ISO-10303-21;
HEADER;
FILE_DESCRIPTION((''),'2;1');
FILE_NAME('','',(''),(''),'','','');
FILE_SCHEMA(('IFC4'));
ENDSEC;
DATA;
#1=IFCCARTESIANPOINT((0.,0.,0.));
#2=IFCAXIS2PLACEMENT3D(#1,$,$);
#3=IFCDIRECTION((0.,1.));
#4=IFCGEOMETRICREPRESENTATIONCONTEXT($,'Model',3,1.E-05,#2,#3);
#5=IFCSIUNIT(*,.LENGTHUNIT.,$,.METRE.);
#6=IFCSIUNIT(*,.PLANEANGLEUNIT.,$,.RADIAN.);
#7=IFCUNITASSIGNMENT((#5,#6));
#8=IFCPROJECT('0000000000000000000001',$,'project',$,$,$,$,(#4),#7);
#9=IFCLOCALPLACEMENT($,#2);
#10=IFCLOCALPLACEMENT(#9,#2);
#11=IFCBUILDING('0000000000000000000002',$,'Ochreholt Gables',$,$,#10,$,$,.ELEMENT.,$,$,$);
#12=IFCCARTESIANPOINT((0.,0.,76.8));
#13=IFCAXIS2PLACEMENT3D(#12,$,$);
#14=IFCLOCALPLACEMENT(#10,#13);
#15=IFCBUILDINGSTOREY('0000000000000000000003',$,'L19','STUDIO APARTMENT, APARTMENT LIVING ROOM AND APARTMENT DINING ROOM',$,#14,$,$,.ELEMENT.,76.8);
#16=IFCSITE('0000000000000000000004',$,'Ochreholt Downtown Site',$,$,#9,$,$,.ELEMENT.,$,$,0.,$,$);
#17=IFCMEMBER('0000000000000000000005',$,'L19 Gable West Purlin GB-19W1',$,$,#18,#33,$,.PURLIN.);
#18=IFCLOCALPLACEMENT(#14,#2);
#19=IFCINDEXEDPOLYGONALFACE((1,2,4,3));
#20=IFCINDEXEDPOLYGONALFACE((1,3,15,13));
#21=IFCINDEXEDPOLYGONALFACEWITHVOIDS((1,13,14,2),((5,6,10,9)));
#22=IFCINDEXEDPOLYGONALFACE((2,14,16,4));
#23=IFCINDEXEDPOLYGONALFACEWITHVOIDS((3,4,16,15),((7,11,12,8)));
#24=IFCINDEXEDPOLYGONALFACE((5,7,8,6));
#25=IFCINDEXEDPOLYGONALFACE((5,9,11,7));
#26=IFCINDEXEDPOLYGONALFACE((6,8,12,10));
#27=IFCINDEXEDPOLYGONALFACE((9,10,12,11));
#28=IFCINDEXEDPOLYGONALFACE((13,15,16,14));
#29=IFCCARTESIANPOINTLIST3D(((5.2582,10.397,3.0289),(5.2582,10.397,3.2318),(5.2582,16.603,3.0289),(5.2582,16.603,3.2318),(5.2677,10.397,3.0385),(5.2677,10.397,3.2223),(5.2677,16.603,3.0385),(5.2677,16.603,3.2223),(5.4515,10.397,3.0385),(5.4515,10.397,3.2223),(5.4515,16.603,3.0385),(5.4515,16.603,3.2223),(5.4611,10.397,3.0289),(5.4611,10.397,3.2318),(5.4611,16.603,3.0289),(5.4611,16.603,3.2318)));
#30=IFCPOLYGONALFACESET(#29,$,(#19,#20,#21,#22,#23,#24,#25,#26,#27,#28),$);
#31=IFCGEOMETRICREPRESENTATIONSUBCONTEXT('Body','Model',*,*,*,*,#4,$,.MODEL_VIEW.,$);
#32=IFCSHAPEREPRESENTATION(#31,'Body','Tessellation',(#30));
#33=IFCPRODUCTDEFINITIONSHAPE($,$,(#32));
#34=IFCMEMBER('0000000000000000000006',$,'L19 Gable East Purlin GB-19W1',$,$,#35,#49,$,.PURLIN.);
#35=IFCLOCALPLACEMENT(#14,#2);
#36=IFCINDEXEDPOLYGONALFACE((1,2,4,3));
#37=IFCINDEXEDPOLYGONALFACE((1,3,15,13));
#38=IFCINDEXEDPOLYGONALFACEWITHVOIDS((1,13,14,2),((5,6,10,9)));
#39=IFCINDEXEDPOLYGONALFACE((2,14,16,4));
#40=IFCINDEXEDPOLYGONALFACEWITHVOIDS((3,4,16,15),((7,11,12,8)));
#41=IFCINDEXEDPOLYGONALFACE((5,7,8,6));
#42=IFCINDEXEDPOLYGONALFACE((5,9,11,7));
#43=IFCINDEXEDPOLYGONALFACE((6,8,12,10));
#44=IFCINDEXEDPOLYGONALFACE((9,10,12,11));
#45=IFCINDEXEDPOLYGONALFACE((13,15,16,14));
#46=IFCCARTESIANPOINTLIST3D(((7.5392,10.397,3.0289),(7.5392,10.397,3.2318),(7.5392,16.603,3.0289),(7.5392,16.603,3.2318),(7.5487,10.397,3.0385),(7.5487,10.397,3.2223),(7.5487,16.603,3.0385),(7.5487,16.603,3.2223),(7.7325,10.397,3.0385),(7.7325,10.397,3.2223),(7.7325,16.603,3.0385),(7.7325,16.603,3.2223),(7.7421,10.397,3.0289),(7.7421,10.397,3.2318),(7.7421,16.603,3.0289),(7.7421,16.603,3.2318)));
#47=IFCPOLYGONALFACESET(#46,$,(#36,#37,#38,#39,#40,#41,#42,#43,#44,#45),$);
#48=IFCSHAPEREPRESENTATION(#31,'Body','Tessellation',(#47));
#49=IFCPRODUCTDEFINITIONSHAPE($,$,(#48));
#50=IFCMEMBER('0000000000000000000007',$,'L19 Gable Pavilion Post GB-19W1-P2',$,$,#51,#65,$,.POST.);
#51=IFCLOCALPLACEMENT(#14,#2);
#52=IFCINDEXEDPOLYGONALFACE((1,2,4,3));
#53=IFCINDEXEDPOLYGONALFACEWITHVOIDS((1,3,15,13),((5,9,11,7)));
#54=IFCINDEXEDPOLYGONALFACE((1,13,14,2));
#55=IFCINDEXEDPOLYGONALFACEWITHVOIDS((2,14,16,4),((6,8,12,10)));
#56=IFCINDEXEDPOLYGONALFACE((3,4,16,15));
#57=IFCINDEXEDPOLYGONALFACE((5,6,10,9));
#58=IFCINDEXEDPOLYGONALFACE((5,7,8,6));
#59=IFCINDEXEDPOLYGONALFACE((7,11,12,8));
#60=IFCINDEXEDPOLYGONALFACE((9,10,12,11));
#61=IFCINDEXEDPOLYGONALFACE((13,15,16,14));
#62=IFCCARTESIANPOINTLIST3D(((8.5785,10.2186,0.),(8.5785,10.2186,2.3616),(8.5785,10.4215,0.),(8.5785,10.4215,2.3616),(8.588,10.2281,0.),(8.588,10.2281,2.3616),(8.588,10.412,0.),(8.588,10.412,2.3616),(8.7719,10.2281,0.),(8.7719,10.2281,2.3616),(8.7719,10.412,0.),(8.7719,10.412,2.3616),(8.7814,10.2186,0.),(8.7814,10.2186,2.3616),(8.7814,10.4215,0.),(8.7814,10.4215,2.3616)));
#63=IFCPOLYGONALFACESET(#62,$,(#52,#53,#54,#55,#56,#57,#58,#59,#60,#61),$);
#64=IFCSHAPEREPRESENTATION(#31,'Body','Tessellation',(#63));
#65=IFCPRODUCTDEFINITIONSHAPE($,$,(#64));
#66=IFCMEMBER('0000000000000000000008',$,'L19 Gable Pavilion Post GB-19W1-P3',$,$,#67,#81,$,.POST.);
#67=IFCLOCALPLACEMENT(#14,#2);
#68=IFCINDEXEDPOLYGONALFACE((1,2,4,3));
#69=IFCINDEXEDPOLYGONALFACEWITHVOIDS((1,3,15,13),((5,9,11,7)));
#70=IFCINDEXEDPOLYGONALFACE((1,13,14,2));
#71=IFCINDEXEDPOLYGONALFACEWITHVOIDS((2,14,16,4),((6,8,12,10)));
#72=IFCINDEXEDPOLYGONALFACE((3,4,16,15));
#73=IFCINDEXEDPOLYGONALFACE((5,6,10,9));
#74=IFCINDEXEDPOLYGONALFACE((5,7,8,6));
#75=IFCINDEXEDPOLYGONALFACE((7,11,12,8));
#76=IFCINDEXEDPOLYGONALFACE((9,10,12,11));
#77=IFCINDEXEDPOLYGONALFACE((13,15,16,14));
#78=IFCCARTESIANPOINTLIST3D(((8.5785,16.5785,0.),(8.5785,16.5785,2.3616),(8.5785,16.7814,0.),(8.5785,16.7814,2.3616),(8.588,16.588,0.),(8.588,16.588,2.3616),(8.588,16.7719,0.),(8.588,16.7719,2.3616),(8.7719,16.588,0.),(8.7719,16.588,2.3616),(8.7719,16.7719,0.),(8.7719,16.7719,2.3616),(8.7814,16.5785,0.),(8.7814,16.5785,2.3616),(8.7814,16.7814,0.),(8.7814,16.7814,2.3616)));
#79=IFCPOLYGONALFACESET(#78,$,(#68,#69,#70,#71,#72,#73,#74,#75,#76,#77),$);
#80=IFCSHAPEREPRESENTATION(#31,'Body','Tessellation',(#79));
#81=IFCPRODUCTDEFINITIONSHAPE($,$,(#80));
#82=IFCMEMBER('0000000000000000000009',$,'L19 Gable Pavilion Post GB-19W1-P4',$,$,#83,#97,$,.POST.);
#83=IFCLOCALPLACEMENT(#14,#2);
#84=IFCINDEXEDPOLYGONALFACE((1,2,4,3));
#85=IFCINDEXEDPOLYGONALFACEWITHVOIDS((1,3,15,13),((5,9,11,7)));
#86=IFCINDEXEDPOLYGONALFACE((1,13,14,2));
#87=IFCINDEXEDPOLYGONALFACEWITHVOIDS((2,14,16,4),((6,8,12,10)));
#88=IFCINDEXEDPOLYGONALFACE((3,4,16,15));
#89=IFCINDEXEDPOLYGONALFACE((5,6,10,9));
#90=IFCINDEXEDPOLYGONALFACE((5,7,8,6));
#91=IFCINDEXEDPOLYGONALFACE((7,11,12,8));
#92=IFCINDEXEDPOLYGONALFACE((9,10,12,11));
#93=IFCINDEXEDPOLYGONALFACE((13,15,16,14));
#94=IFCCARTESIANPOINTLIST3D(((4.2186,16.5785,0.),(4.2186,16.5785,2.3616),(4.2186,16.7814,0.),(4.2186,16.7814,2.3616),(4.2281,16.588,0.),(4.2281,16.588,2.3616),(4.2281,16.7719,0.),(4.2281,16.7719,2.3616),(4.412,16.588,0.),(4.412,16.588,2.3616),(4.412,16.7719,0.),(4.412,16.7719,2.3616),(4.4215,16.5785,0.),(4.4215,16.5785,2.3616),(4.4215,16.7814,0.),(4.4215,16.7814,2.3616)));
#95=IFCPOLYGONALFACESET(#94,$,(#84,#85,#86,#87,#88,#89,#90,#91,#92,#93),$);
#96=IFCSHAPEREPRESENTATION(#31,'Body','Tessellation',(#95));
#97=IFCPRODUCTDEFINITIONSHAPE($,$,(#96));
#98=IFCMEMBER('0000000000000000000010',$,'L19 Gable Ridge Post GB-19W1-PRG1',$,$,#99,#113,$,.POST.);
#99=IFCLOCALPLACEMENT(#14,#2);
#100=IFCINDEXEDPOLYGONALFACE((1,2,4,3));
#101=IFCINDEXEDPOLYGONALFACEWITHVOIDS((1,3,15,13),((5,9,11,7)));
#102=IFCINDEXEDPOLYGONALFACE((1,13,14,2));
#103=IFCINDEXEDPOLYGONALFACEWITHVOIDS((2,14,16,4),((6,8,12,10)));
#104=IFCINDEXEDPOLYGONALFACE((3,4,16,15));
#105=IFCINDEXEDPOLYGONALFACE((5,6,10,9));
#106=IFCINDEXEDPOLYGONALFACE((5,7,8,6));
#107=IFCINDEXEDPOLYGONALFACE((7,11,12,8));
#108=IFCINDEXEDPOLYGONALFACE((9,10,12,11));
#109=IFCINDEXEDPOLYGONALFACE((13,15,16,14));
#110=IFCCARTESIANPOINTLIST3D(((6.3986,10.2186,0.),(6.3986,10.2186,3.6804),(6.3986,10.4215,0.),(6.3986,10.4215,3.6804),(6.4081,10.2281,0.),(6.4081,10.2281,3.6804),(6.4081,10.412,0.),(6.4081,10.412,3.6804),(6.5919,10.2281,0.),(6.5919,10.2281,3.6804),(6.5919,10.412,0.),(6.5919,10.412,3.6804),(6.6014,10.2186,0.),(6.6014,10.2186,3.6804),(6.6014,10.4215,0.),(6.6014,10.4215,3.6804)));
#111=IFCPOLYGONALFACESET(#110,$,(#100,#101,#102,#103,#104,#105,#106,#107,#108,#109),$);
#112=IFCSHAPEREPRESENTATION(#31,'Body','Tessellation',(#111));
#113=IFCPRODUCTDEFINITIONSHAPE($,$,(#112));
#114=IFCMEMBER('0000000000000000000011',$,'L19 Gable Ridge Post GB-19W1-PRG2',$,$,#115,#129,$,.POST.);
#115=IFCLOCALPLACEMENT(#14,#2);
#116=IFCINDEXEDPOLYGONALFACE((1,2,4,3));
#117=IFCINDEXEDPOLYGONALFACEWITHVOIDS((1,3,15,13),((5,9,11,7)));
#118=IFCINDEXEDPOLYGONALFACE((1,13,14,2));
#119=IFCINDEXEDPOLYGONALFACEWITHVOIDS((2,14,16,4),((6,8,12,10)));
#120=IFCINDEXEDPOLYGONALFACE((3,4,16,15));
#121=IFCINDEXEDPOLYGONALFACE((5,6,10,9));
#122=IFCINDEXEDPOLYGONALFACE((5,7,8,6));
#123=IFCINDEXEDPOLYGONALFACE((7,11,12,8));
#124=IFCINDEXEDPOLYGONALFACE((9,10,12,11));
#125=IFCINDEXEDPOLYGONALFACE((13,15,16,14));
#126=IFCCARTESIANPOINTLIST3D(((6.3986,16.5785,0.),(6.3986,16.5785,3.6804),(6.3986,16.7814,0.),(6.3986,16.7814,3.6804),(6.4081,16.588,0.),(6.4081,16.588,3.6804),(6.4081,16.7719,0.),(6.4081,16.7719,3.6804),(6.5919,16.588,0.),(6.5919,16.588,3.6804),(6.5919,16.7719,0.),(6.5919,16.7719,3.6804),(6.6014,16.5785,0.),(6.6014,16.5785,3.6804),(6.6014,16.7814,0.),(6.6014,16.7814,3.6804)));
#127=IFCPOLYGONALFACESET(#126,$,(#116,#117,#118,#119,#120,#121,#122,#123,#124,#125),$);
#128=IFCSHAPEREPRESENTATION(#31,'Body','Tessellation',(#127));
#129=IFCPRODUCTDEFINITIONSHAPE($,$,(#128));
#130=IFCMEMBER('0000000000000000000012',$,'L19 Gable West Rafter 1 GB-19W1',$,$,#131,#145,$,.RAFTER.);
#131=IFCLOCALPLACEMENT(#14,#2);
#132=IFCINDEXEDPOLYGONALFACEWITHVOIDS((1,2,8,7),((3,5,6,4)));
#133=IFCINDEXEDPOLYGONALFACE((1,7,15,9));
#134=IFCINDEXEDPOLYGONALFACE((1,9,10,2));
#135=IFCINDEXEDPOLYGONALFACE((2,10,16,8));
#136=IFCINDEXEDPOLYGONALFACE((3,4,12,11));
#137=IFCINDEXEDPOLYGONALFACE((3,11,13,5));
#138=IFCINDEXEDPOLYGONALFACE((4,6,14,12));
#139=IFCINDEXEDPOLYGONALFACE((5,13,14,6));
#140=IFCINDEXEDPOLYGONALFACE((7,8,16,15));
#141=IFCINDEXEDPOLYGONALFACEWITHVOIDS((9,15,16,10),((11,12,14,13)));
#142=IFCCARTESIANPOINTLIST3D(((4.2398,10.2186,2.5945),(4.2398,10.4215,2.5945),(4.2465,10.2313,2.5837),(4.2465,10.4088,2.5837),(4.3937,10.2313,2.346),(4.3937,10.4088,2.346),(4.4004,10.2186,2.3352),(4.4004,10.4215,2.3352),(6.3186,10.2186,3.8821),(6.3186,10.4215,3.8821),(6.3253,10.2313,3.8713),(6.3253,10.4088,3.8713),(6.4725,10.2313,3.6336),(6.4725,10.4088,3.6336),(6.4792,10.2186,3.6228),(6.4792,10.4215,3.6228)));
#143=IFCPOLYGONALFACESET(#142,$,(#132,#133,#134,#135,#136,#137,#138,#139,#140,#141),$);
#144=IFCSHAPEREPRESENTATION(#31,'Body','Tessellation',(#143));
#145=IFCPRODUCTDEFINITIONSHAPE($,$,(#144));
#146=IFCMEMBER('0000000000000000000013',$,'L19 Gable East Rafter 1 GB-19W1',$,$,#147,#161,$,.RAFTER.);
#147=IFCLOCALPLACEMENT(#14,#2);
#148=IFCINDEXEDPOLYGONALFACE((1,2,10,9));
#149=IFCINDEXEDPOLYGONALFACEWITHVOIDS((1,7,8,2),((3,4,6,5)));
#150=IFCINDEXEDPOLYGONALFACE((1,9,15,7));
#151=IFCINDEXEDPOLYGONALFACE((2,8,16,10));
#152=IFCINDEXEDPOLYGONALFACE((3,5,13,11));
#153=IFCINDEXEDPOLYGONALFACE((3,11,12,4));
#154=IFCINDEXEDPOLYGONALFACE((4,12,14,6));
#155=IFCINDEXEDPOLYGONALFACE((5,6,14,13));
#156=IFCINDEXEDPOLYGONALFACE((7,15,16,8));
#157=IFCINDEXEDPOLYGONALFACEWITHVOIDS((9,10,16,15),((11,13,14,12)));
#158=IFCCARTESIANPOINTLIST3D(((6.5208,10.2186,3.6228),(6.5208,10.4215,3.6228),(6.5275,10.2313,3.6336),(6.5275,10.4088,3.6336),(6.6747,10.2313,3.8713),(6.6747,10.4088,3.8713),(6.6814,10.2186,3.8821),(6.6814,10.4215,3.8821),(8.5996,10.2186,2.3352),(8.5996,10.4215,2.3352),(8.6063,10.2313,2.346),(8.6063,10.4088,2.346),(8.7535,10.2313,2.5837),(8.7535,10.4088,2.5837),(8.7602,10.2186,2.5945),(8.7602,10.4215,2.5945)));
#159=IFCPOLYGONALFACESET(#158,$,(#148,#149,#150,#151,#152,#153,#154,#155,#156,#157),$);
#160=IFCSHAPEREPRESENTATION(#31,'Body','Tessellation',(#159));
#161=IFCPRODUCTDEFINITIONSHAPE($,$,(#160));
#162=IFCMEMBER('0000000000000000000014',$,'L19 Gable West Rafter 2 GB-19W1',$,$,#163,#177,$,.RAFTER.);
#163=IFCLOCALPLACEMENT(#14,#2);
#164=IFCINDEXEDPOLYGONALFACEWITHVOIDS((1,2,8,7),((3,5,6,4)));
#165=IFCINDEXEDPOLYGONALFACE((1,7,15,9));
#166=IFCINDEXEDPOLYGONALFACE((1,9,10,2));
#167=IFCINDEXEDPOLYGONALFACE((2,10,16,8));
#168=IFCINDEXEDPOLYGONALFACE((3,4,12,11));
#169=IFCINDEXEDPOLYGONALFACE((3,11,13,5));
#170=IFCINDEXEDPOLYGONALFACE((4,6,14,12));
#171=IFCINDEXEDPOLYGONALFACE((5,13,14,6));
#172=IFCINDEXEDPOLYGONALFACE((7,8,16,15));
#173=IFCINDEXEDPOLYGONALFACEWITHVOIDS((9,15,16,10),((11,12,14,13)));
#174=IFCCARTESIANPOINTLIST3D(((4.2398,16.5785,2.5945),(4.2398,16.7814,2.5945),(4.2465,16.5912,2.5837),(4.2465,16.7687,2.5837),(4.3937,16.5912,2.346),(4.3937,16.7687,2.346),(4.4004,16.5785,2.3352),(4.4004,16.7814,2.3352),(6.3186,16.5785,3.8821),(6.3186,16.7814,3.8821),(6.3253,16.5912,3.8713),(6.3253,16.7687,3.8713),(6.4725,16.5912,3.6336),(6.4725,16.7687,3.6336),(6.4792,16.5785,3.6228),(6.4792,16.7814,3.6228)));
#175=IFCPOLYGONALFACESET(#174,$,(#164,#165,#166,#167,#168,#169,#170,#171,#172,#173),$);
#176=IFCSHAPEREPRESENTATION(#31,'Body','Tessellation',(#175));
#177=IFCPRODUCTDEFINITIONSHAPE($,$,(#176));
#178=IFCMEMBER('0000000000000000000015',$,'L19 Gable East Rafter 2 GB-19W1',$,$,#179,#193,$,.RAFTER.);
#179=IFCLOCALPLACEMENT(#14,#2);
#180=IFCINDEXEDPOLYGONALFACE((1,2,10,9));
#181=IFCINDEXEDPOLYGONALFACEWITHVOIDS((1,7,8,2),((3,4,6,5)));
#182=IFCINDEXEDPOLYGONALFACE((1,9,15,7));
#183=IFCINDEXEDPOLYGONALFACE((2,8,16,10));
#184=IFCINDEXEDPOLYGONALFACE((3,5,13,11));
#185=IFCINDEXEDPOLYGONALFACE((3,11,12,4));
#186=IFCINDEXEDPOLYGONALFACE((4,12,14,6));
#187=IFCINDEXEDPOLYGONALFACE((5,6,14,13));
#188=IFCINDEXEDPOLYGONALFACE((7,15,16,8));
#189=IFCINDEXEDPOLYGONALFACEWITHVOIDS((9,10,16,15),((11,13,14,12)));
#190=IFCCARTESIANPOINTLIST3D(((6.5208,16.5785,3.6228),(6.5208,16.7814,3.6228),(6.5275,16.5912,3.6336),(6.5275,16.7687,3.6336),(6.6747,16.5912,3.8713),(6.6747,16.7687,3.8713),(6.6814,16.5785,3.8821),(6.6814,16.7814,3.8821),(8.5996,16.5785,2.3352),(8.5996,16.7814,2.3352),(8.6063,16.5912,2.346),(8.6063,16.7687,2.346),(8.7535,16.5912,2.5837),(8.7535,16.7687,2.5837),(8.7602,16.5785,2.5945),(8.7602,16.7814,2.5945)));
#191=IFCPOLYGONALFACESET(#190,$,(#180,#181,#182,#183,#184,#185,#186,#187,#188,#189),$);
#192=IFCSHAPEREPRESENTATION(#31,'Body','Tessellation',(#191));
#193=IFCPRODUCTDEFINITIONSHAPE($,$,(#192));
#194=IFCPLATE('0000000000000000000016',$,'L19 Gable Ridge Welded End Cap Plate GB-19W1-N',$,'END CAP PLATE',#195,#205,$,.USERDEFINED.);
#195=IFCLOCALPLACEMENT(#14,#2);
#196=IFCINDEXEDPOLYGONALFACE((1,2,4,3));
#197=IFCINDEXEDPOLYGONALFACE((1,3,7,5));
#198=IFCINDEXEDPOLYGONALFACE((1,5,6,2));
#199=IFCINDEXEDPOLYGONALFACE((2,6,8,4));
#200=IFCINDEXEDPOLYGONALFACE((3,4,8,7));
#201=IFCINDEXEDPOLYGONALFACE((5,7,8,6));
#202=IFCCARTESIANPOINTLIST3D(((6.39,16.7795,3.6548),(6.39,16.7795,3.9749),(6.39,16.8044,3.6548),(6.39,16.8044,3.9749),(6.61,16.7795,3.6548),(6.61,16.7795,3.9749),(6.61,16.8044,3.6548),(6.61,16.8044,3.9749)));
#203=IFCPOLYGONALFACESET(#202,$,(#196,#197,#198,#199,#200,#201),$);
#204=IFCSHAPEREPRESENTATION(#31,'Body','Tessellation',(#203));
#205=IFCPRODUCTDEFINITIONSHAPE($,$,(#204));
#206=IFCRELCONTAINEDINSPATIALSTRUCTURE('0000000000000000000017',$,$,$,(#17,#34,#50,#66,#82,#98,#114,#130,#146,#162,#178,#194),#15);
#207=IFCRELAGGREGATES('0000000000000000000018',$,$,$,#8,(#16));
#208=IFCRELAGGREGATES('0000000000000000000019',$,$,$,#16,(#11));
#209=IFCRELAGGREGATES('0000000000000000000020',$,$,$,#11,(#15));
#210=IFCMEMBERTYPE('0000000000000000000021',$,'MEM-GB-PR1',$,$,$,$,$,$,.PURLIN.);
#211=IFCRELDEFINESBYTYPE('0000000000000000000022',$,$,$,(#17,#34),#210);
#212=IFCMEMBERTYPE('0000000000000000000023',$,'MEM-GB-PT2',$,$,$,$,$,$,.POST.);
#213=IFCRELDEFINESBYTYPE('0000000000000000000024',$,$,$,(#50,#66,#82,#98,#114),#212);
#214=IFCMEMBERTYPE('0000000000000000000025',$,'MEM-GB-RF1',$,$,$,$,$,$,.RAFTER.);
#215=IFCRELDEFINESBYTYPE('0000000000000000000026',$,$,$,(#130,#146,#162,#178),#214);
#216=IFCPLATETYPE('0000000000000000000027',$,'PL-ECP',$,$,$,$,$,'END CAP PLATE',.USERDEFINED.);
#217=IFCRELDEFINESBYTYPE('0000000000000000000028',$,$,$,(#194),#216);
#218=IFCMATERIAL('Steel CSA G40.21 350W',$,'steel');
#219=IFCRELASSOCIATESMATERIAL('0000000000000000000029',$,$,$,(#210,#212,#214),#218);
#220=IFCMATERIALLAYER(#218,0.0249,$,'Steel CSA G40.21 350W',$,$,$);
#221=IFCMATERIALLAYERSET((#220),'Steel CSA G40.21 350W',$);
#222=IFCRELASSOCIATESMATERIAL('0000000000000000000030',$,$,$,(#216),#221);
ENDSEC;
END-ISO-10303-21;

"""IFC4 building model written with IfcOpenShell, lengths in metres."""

from ifc_helpers import new_model, si_unit, direction, frame, origin, origin_2d, place, context, subcontext, project, spatial, rectangle, hollow_rectangle, extrude, material, layer, layer_set, material_profile, profile_set, type_object, element, save


model = new_model("IFC4")

# Units and contexts
model_context = context("Model", 3, precision=1e-05, world=origin(), true_north=direction((0.0, 1.0)))
body_context = subcontext(model_context, "Body", "Model", "MODEL_VIEW")
ifc_project = project(units=[si_unit("LENGTHUNIT", "METRE"), si_unit("PLANEANGLEUNIT", "RADIAN")], contexts=[model_context])

# Site, building, storey
site_placement = place(None, origin())
site = spatial("IfcSite", under=ifc_project, at=site_placement, Name="Ochreholt Downtown Site", CompositionType="ELEMENT", RefElevation=0.0)
building_placement = place(site_placement, origin())
building = spatial("IfcBuilding", under=site, at=building_placement, Name="Ochreholt Gables", CompositionType="ELEMENT")
storey_placement = place(building_placement, frame((0.0, 0.0, 76.8)))
storey = spatial("IfcBuildingStorey", under=building, at=storey_placement, Name="L19", Description="STUDIO APARTMENT, APARTMENT LIVING ROOM AND APARTMENT DINING ROOM", CompositionType="ELEMENT", Elevation=76.8)

# Members
ifc_material_1 = material(Name="Steel CSA G40.21 350W", Category="steel")
ifc_material_profile_1 = material_profile(ifc_material_1, hollow_rectangle(XDim=0.2029, YDim=0.2029, WallThickness=0.0095, at=origin_2d()), Name="HSS203X203X10")
ifc_profile_set_1 = profile_set([ifc_material_profile_1], Name="Steel CSA G40.21 350W")
member_type_1 = type_object("IfcMemberType", Name="MEM-GB-PR1", PredefinedType="PURLIN", material=ifc_profile_set_1)
for number, where, z_axis, x_axis, name in (
    (1, (5.3596, 10.397, 3.1304), (0.0, 1.0, 0.0), (-1.0, 0.0, 0.0), "L19 Gable West Purlin GB-19W1"),
    (2, (7.6406, 10.397, 3.1304), (0.0, 1.0, 0.0), (-1.0, 0.0, 0.0), "L19 Gable East Purlin GB-19W1"),
):
    element("IfcMember", number, at=place(storey_placement, frame(where, z_axis=z_axis, x_axis=x_axis)), inside=storey, type_object=member_type_1, Name=name, PredefinedType="PURLIN", context=body_context, shape_type="SweptSolid", body=[
        extrude(hollow_rectangle(XDim=0.2029, YDim=0.2029, WallThickness=0.0095, at=origin_2d()), origin(), (0.0, 0.0, 1.0), 6.2061),
    ])
ifc_material_profile_2 = material_profile(ifc_material_1, hollow_rectangle(XDim=0.2029, YDim=0.2029, WallThickness=0.0095, at=origin_2d()), Name="HSS203X203X10")
ifc_profile_set_2 = profile_set([ifc_material_profile_2], Name="Steel CSA G40.21 350W")
member_type_2 = type_object("IfcMemberType", Name="MEM-GB-PT2", PredefinedType="POST", material=ifc_profile_set_2)
for number, where, z_axis, x_axis, name in (
    (3, (8.6799, 10.3201, 0.0), (0.0, 0.0, 1.0), (1.0, 0.0, 0.0), "L19 Gable Pavilion Post GB-19W1-P2"),
    (4, (8.6799, 16.6799, 0.0), (0.0, 0.0, 1.0), (1.0, 0.0, 0.0), "L19 Gable Pavilion Post GB-19W1-P3"),
    (5, (4.3201, 16.6799, 0.0), (0.0, 0.0, 1.0), (1.0, 0.0, 0.0), "L19 Gable Pavilion Post GB-19W1-P4"),
):
    element("IfcMember", number, at=place(storey_placement, frame(where, z_axis=z_axis, x_axis=x_axis)), inside=storey, type_object=member_type_2, Name=name, PredefinedType="POST", context=body_context, shape_type="SweptSolid", body=[
        extrude(hollow_rectangle(XDim=0.2029, YDim=0.2029, WallThickness=0.0095, at=origin_2d()), origin(), (0.0, 0.0, 1.0), 2.3616),
    ])
for number, where, z_axis, x_axis, name in (
    (6, (6.5, 10.3201, 0.0), (0.0, 0.0, 1.0), (1.0, 0.0, 0.0), "L19 Gable Ridge Post GB-19W1-PRG1"),
    (7, (6.5, 16.6799, 0.0), (0.0, 0.0, 1.0), (1.0, 0.0, 0.0), "L19 Gable Ridge Post GB-19W1-PRG2"),
):
    element("IfcMember", number, at=place(storey_placement, frame(where, z_axis=z_axis, x_axis=x_axis)), inside=storey, type_object=member_type_2, Name=name, PredefinedType="POST", context=body_context, shape_type="SweptSolid", body=[
        extrude(hollow_rectangle(XDim=0.2029, YDim=0.2029, WallThickness=0.0095, at=origin_2d()), origin(), (0.0, 0.0, 1.0), 3.6804),
    ])
ifc_material_profile_3 = material_profile(ifc_material_1, hollow_rectangle(XDim=0.2029, YDim=0.3049, WallThickness=0.0127, at=origin_2d()), Name="HSS305X203X13")
ifc_profile_set_3 = profile_set([ifc_material_profile_3], Name="Steel CSA G40.21 350W")
member_type_3 = type_object("IfcMemberType", Name="MEM-GB-RF1", PredefinedType="RAFTER", material=ifc_profile_set_3)
for number, where, z_axis, x_axis, name in (
    (8, (4.3201, 10.3201, 2.4648), (0.85014, 0.0, 0.526557), (0.0, 1.0, 0.0), "L19 Gable West Rafter 1 GB-19W1"),
    (9, (8.6799, 10.3201, 2.4648), (-0.85014, 0.0, 0.526557), (0.0, -1.0, 0.0), "L19 Gable East Rafter 1 GB-19W1"),
    (10, (4.3201, 16.6799, 2.4648), (0.85014, 0.0, 0.526557), (0.0, 1.0, 0.0), "L19 Gable West Rafter 2 GB-19W1"),
    (11, (8.6799, 16.6799, 2.4648), (-0.85014, 0.0, 0.526557), (0.0, -1.0, 0.0), "L19 Gable East Rafter 2 GB-19W1"),
):
    element("IfcMember", number, at=place(storey_placement, frame(where, z_axis=z_axis, x_axis=x_axis)), inside=storey, type_object=member_type_3, Name=name, PredefinedType="RAFTER", context=body_context, shape_type="SweptSolid", body=[
        extrude(hollow_rectangle(XDim=0.2029, YDim=0.3049, WallThickness=0.0127, at=origin_2d()), origin(), (0.0, 0.0, 1.0), 2.4453),
    ])

# Plate
ifc_layer_1 = layer(ifc_material_1, 0.0249, Name="Steel CSA G40.21 350W")
ifc_layer_set_1 = layer_set([ifc_layer_1], Name="Steel CSA G40.21 350W")
plate_type = type_object("IfcPlateType", Name="PL-ECP", ElementType="END CAP PLATE", PredefinedType="USERDEFINED", material=ifc_layer_set_1)
plate_placement = place(storey_placement, frame((6.5, 16.792, 3.6548), z_axis=(0.0, 0.0, 1.0), x_axis=(1.0, 0.0, 0.0)))
element("IfcPlate", 12, at=plate_placement, inside=storey, type_object=plate_type, Name="L19 Gable Ridge Welded End Cap Plate GB-19W1-N", ObjectType="END CAP PLATE", PredefinedType="USERDEFINED", context=body_context, shape_type="SweptSolid", body=[
    extrude(rectangle(XDim=0.22, YDim=0.0249, at=origin_2d()), origin(), (0.0, 0.0, 1.0), 0.3201),
])

save(model, "model.ifc")
